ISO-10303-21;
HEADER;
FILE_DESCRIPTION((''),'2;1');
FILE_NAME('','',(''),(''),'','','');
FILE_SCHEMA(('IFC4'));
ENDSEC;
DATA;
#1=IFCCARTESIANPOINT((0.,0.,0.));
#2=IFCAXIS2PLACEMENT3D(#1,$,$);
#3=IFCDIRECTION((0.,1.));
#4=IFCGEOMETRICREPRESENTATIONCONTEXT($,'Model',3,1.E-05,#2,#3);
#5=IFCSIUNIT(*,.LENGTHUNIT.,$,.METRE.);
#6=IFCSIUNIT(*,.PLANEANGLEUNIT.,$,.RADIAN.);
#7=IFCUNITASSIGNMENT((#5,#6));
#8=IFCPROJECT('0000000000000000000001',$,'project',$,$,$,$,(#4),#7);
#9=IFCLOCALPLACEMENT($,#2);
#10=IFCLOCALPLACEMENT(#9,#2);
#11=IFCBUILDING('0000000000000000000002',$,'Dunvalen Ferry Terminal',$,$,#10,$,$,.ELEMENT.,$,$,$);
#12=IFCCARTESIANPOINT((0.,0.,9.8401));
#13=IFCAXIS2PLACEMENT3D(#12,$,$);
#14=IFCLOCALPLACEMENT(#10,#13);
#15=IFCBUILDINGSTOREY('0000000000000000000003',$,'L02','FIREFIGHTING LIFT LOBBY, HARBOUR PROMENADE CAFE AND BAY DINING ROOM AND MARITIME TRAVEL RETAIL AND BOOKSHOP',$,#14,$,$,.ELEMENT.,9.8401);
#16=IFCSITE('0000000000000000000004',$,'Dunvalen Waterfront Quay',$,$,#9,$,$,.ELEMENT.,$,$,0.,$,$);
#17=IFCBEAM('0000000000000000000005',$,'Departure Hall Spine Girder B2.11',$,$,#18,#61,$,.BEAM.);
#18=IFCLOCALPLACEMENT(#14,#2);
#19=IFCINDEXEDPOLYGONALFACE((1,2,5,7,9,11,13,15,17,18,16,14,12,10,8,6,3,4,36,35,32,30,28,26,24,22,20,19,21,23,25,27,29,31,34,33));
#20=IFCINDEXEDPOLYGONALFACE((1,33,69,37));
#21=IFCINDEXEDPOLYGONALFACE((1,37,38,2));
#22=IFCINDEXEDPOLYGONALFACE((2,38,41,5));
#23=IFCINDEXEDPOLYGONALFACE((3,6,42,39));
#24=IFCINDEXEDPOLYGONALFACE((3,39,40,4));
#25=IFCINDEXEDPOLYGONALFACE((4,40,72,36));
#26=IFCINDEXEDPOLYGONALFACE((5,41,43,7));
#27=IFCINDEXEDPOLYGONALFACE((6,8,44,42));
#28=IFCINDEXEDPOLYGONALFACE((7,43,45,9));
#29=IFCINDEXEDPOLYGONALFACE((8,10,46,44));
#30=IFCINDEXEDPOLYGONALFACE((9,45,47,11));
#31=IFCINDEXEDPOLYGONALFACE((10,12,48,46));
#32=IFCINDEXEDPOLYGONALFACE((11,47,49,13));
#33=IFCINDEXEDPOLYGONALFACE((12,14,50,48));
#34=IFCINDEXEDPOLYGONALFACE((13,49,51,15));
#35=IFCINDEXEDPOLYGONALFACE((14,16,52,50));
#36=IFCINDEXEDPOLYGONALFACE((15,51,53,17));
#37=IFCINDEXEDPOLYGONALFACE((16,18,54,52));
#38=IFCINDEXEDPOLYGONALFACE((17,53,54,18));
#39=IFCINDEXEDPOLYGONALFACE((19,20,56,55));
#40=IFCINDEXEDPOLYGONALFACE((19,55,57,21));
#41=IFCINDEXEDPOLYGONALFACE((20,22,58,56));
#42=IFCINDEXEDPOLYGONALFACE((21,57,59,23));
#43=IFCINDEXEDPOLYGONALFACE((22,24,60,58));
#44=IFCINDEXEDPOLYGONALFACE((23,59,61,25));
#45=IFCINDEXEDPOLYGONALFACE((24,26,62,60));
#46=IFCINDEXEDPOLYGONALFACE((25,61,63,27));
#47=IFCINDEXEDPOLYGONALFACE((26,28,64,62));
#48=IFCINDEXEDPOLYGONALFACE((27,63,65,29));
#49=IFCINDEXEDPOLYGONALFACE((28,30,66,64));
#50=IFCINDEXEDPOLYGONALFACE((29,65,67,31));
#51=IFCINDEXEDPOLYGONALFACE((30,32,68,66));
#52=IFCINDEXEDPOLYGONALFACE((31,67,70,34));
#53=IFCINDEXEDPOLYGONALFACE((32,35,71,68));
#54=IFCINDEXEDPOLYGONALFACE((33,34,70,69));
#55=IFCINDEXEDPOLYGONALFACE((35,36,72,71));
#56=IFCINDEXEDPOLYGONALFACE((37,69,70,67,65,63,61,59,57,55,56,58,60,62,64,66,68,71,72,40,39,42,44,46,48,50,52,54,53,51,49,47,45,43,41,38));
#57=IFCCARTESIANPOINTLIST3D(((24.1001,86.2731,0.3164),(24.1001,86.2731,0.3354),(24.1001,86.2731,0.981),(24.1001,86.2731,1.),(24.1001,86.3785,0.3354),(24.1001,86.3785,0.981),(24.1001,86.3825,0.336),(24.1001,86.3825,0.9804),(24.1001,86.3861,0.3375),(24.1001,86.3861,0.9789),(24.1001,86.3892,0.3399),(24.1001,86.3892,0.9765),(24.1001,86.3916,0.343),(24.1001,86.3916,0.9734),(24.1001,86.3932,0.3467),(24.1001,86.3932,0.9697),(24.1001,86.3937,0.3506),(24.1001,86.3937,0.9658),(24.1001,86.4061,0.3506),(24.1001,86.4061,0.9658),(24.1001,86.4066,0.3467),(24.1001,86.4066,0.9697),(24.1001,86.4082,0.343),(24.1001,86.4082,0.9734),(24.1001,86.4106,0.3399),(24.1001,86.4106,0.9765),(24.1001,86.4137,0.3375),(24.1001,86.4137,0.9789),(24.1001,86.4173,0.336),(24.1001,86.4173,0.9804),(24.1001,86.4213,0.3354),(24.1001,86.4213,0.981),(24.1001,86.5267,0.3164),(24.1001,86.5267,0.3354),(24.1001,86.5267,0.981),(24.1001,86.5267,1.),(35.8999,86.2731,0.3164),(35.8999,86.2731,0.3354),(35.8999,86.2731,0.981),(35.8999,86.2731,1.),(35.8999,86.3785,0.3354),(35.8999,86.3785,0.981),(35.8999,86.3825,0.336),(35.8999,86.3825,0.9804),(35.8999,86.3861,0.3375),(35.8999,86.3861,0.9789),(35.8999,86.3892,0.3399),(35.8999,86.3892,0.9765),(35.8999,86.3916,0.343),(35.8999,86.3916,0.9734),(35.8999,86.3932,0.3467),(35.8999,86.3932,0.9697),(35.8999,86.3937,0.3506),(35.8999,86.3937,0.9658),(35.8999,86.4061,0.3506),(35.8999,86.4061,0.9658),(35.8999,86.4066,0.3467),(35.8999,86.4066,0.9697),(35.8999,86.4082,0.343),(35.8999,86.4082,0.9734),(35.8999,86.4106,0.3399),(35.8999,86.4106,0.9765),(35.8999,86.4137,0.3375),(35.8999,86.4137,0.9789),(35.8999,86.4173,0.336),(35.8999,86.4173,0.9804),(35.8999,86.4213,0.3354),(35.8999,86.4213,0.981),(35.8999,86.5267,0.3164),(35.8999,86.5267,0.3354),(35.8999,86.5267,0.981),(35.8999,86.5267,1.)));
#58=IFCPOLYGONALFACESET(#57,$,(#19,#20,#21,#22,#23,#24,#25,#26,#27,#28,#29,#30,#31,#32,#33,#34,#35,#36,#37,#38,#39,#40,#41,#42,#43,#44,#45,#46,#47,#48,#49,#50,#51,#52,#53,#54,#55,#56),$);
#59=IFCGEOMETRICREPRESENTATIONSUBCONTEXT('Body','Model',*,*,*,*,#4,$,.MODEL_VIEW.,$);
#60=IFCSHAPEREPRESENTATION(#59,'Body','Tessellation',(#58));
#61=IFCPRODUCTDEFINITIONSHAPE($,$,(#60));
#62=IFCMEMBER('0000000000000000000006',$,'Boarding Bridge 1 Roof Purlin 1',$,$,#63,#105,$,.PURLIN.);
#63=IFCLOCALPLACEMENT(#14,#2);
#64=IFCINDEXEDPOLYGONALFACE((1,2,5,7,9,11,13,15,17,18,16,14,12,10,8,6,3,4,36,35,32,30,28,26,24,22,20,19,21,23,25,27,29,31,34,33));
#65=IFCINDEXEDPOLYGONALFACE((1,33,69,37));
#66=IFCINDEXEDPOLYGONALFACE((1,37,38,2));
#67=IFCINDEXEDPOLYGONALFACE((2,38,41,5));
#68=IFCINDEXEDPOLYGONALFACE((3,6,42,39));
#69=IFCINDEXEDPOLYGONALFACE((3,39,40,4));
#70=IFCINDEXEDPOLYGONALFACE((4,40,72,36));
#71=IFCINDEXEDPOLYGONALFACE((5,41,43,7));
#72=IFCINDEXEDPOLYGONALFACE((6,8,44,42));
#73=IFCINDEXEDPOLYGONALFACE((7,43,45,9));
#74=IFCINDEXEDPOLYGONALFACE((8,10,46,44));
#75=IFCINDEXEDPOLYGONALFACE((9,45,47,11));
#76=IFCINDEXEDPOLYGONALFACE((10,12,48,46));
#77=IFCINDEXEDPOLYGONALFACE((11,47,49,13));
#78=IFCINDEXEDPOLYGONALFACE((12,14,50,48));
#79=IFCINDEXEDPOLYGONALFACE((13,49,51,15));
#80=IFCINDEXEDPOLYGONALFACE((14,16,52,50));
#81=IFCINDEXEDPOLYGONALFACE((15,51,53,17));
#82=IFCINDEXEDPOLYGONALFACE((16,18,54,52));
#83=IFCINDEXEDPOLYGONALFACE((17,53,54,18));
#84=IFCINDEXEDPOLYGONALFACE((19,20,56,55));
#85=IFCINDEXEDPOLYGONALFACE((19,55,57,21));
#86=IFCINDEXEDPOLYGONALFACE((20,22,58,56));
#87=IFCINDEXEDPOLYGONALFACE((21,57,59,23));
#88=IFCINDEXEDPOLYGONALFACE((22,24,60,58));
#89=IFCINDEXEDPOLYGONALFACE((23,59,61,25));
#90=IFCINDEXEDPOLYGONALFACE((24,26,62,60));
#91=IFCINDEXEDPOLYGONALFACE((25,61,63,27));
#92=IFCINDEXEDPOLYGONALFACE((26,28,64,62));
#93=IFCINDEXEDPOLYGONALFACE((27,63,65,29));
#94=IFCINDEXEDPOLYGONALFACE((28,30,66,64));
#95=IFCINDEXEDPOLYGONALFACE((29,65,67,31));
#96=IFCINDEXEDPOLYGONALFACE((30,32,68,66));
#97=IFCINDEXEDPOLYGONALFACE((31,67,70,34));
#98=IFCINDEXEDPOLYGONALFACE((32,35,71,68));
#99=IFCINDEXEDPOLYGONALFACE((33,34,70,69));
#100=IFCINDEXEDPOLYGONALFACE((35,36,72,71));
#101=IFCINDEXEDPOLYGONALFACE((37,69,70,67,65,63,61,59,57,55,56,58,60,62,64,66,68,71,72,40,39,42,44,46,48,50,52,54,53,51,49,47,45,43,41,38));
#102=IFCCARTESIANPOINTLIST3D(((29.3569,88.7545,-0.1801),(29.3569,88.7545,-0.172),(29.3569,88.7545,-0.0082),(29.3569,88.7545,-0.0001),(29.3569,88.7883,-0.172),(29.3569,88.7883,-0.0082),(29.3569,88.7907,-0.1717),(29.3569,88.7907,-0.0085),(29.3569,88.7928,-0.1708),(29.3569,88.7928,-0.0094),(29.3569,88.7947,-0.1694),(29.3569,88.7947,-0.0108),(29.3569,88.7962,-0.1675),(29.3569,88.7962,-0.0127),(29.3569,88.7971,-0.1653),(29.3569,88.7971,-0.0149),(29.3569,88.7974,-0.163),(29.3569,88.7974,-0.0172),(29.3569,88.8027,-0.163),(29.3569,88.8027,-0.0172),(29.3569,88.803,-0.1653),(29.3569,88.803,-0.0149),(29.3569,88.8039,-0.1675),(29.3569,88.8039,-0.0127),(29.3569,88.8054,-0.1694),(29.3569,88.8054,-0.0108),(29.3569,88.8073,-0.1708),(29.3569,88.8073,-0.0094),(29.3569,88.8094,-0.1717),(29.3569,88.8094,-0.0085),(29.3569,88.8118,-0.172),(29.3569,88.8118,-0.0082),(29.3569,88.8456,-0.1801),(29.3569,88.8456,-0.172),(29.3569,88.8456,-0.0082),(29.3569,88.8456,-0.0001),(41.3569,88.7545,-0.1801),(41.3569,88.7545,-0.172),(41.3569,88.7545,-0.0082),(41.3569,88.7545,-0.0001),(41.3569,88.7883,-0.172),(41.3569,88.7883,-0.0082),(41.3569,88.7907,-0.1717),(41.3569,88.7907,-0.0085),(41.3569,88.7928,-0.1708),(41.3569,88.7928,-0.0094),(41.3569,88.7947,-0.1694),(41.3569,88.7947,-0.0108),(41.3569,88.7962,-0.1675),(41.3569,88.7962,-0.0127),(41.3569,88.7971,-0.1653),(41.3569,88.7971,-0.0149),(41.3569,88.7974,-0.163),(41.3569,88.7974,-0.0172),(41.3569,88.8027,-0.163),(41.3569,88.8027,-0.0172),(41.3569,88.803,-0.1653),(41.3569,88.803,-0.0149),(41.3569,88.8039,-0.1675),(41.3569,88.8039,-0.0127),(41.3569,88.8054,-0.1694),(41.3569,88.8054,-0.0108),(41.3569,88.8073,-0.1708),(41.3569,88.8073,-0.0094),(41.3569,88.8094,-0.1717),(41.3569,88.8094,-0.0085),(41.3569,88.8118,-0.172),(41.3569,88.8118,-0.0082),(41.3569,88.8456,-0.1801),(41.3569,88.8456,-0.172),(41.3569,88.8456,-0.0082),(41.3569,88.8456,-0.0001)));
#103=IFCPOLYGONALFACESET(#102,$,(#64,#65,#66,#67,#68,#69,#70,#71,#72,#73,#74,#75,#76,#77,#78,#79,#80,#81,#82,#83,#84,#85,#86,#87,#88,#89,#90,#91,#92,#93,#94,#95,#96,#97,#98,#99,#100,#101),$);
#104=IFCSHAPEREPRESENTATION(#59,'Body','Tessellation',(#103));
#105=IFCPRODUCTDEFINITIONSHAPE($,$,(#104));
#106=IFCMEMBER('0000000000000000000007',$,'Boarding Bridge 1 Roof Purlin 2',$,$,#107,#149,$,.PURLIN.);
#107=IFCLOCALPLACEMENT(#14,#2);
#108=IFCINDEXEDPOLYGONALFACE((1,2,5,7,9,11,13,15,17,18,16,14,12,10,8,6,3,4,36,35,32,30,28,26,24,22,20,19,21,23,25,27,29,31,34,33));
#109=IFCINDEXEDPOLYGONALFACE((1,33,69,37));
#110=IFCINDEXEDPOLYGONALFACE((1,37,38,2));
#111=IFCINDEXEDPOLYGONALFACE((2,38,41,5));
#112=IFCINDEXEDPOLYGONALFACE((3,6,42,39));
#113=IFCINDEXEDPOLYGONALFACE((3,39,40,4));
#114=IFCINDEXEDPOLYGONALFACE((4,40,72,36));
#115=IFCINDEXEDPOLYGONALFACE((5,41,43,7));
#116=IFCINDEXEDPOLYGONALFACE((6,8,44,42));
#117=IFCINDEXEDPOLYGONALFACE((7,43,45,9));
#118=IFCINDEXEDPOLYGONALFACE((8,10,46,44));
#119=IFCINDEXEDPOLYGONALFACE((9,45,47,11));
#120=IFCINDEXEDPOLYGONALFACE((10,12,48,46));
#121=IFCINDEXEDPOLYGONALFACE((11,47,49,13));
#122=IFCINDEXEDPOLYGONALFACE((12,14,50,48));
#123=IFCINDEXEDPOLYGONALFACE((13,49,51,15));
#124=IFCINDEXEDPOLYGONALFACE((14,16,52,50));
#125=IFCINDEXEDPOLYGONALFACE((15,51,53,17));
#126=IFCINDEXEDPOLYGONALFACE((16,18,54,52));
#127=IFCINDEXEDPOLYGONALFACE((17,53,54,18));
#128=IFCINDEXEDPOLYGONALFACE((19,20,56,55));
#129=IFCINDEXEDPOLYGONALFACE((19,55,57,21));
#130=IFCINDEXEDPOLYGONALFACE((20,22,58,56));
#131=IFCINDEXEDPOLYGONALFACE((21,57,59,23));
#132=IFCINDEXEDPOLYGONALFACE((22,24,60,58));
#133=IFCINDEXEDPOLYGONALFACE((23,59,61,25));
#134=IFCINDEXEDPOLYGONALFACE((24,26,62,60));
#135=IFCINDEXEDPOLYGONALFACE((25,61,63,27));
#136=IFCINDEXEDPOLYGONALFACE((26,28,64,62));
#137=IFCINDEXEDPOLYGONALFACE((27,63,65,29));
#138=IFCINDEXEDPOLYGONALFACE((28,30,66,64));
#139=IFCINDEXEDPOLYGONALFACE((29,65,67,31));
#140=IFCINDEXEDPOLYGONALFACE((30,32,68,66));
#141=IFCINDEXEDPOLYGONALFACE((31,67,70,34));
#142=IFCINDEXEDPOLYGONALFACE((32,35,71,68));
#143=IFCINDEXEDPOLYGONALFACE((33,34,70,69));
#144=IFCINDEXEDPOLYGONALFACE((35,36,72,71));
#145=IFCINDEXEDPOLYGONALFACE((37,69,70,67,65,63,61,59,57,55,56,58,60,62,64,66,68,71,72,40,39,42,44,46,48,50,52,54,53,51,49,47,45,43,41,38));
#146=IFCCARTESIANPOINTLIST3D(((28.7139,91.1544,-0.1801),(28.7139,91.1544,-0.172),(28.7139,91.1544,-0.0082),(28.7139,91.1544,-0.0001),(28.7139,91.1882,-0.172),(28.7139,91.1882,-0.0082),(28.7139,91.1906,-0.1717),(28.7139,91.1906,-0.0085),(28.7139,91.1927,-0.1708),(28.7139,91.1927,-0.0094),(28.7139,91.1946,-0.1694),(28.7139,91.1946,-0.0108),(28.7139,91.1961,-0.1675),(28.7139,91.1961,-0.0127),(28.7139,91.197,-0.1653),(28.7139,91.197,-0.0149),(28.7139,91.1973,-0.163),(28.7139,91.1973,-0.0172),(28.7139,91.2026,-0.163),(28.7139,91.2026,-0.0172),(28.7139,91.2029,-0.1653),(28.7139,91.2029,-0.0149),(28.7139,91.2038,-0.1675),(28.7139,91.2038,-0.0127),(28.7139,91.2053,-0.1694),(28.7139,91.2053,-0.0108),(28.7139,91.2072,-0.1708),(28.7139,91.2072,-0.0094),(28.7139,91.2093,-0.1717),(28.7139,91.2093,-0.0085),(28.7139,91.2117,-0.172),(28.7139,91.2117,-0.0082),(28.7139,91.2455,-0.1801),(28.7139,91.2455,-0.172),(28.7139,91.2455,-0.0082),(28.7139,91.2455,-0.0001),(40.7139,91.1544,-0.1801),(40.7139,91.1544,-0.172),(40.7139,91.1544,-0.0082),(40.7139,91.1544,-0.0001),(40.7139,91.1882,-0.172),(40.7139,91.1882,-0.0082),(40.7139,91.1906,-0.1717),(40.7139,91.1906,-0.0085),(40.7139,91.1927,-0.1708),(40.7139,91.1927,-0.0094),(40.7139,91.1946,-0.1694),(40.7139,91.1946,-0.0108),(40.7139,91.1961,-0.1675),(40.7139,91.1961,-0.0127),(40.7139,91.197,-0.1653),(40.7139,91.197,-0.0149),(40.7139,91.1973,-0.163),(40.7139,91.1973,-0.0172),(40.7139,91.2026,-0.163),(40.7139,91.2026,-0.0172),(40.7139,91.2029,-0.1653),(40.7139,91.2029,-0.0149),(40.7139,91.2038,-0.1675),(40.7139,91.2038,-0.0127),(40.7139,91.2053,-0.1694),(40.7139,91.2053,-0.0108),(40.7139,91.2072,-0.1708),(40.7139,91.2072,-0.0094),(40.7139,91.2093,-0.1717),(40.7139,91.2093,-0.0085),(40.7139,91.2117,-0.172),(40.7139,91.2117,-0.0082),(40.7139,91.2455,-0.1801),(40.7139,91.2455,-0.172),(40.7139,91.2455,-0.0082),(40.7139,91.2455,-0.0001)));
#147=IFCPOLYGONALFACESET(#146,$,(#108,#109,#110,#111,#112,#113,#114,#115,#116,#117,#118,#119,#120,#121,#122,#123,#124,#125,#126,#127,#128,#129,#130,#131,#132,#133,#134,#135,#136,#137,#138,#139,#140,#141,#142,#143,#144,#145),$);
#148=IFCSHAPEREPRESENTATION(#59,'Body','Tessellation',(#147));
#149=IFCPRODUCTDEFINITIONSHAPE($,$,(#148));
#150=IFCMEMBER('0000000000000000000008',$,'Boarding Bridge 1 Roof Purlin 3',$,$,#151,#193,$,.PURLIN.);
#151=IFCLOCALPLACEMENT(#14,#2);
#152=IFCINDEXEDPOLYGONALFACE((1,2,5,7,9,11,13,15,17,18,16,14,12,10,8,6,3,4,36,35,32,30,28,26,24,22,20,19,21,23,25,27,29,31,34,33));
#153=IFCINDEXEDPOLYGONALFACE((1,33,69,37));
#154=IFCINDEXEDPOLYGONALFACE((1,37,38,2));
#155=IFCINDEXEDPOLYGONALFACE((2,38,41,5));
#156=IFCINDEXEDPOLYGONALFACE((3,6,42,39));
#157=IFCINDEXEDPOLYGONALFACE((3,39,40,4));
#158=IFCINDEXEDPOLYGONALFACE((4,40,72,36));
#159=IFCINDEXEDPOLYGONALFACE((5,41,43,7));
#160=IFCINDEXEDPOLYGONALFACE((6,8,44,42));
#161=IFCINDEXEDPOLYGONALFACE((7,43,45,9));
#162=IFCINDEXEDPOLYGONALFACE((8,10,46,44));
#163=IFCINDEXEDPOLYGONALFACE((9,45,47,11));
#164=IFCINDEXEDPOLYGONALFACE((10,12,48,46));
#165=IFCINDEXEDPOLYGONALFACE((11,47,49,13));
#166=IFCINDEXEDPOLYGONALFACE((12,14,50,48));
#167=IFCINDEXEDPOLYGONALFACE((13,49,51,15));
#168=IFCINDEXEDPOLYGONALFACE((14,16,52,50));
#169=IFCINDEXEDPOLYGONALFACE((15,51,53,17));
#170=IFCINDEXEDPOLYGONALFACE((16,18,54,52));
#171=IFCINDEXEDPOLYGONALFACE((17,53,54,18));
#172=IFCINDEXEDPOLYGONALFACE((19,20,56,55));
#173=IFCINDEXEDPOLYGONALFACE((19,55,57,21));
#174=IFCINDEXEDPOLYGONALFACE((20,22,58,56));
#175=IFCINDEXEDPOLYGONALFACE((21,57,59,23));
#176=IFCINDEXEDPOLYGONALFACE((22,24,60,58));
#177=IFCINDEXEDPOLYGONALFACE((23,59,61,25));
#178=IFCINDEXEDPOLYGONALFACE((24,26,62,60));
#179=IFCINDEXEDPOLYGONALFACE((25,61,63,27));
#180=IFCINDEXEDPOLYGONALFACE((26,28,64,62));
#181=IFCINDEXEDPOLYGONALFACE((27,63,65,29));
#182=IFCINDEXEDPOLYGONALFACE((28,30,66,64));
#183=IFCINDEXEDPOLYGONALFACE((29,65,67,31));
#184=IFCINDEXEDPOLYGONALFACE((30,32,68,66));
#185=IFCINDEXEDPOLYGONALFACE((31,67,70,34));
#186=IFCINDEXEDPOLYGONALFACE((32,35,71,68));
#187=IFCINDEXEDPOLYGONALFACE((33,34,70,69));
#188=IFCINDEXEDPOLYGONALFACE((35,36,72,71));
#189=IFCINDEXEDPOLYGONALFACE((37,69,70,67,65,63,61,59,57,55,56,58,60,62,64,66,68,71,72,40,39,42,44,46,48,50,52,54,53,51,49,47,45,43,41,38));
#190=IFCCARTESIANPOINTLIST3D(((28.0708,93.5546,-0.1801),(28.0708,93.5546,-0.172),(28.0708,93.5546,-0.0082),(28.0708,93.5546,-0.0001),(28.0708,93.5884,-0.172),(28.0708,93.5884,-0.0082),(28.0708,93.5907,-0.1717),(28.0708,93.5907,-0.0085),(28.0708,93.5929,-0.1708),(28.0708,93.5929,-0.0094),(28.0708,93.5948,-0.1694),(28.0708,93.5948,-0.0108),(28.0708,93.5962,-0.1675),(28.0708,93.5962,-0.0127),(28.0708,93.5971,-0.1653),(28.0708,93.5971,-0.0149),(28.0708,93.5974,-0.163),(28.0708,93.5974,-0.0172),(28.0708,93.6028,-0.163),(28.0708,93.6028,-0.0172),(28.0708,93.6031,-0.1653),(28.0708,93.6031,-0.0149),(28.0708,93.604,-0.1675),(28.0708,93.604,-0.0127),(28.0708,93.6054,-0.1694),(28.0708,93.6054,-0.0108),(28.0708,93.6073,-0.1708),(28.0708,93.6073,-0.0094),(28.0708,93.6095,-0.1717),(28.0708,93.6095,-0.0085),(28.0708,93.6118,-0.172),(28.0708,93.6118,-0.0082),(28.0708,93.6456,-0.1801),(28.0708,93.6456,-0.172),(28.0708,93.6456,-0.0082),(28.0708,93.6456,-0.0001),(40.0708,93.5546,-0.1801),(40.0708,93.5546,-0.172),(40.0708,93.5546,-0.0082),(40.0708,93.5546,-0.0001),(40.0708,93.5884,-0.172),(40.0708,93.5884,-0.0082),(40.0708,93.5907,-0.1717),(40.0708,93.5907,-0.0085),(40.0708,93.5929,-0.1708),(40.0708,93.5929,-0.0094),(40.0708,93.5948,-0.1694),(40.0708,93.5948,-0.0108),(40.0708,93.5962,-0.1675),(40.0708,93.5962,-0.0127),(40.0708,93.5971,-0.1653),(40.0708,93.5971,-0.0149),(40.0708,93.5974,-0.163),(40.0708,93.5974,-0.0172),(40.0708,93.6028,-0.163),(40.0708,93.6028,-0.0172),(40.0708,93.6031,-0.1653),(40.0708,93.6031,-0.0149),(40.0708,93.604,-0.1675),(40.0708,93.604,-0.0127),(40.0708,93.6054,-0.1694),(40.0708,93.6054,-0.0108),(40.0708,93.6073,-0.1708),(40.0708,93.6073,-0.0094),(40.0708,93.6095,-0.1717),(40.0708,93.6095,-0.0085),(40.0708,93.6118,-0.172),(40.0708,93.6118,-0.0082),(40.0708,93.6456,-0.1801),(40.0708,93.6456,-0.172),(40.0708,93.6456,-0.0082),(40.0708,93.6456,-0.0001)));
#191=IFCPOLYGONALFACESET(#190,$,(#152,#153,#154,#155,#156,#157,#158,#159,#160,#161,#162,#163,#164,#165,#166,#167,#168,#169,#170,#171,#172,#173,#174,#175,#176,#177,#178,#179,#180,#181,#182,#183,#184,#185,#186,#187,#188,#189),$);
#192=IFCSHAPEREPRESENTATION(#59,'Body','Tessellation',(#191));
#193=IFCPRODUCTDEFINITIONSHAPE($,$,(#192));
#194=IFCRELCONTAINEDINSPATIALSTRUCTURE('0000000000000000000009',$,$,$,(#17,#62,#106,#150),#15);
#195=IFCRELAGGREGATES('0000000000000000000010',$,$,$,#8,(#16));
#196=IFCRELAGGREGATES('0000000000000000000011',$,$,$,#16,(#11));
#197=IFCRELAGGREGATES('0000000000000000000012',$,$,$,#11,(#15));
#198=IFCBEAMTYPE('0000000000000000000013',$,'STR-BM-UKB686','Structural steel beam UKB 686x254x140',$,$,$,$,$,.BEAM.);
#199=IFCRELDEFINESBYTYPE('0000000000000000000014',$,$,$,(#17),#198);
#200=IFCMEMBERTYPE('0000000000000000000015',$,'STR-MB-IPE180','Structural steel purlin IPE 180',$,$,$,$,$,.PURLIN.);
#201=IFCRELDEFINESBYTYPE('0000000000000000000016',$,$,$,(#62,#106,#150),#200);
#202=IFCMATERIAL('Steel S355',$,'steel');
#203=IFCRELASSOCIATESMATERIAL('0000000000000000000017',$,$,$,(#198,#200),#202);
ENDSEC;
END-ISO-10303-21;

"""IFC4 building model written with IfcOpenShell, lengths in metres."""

from ifc_helpers import new_model, si_unit, direction, frame, origin, origin_2d, place, context, subcontext, project, spatial, i_section, extrude, material, material_profile, profile_set, type_object, element, save


model = new_model("IFC4")

# Units and contexts
model_context = context("Model", 3, precision=1e-05, world=origin(), true_north=direction((0.0, 1.0)))
body_context = subcontext(model_context, "Body", "Model", "MODEL_VIEW")
ifc_project = project(units=[si_unit("LENGTHUNIT", "METRE"), si_unit("PLANEANGLEUNIT", "RADIAN")], contexts=[model_context])

# Site, building, storey
site_placement = place(None, origin())
site = spatial("IfcSite", under=ifc_project, at=site_placement, Name="Dunvalen Waterfront Quay", CompositionType="ELEMENT", RefElevation=0.0)
building_placement = place(site_placement, origin())
building = spatial("IfcBuilding", under=site, at=building_placement, Name="Dunvalen Ferry Terminal", CompositionType="ELEMENT")
storey_placement = place(building_placement, frame((0.0, 0.0, 9.8401)))
storey = spatial("IfcBuildingStorey", under=building, at=storey_placement, Name="L02", Description="FIREFIGHTING LIFT LOBBY, HARBOUR PROMENADE CAFE AND BAY DINING ROOM AND MARITIME TRAVEL RETAIL AND BOOKSHOP", CompositionType="ELEMENT", Elevation=9.8401)

# Beam
ifc_material_1 = material(Name="Steel S355", Category="steel")
ifc_material_profile_1 = material_profile(ifc_material_1, i_section(OverallWidth=0.2537, OverallDepth=0.6836, WebThickness=0.0125, FlangeThickness=0.019, FilletRadius=0.0151, at=origin_2d()), Name="Steel S355")
ifc_profile_set_1 = profile_set([ifc_material_profile_1], Name="Steel S355")
beam_type_1 = type_object("IfcBeamType", Name="STR-BM-UKB686", Description="Structural steel beam UKB 686x254x140", PredefinedType="BEAM", material=ifc_profile_set_1)
beam_1_placement = place(storey_placement, frame((24.1001, 86.3999, 0.6582), z_axis=(1.0, 0.0, 0.0), x_axis=(0.0, 1.0, 0.0)))
element("IfcBeam", 1, at=beam_1_placement, inside=storey, type_object=beam_type_1, Name="Departure Hall Spine Girder B2.11", PredefinedType="BEAM", context=body_context, shape_type="SweptSolid", body=[
    extrude(i_section(OverallWidth=0.2537, OverallDepth=0.6836, WebThickness=0.0125, FlangeThickness=0.019, FilletRadius=0.0151, at=origin_2d()), origin(), (0.0, 0.0, 1.0), 11.7998),
])

# Members
ifc_material_profile_2 = material_profile(ifc_material_1, i_section(OverallWidth=0.0911, OverallDepth=0.1799, WebThickness=0.0054, FlangeThickness=0.0081, FilletRadius=0.009, at=origin_2d()), Name="Steel S355")
ifc_profile_set_2 = profile_set([ifc_material_profile_2], Name="Steel S355")
member_type = type_object("IfcMemberType", Name="STR-MB-IPE180", Description="Structural steel purlin IPE 180", PredefinedType="PURLIN", material=ifc_profile_set_2)
for number, where, z_axis, x_axis, name in (
    (2, (29.3569, 88.8, -0.0901), (1.0, 0.0, 0.0), (0.0, 1.0, 0.0), "Boarding Bridge 1 Roof Purlin 1"),
    (3, (28.7139, 91.2, -0.0901), (1.0, 0.0, 0.0), (0.0, 1.0, 0.0), "Boarding Bridge 1 Roof Purlin 2"),
    (4, (28.0708, 93.6001, -0.0901), (1.0, 0.0, 0.0), (0.0, 1.0, 0.0), "Boarding Bridge 1 Roof Purlin 3"),
):
    element("IfcMember", number, at=place(storey_placement, frame(where, z_axis=z_axis, x_axis=x_axis)), inside=storey, type_object=member_type, Name=name, PredefinedType="PURLIN", context=body_context, shape_type="SweptSolid", body=[
        extrude(i_section(OverallWidth=0.0911, OverallDepth=0.1799, WebThickness=0.0054, FlangeThickness=0.0081, FilletRadius=0.009, at=origin_2d()), origin(), (0.0, 0.0, 1.0), 12.0),
    ])

save(model, "model.ifc")
